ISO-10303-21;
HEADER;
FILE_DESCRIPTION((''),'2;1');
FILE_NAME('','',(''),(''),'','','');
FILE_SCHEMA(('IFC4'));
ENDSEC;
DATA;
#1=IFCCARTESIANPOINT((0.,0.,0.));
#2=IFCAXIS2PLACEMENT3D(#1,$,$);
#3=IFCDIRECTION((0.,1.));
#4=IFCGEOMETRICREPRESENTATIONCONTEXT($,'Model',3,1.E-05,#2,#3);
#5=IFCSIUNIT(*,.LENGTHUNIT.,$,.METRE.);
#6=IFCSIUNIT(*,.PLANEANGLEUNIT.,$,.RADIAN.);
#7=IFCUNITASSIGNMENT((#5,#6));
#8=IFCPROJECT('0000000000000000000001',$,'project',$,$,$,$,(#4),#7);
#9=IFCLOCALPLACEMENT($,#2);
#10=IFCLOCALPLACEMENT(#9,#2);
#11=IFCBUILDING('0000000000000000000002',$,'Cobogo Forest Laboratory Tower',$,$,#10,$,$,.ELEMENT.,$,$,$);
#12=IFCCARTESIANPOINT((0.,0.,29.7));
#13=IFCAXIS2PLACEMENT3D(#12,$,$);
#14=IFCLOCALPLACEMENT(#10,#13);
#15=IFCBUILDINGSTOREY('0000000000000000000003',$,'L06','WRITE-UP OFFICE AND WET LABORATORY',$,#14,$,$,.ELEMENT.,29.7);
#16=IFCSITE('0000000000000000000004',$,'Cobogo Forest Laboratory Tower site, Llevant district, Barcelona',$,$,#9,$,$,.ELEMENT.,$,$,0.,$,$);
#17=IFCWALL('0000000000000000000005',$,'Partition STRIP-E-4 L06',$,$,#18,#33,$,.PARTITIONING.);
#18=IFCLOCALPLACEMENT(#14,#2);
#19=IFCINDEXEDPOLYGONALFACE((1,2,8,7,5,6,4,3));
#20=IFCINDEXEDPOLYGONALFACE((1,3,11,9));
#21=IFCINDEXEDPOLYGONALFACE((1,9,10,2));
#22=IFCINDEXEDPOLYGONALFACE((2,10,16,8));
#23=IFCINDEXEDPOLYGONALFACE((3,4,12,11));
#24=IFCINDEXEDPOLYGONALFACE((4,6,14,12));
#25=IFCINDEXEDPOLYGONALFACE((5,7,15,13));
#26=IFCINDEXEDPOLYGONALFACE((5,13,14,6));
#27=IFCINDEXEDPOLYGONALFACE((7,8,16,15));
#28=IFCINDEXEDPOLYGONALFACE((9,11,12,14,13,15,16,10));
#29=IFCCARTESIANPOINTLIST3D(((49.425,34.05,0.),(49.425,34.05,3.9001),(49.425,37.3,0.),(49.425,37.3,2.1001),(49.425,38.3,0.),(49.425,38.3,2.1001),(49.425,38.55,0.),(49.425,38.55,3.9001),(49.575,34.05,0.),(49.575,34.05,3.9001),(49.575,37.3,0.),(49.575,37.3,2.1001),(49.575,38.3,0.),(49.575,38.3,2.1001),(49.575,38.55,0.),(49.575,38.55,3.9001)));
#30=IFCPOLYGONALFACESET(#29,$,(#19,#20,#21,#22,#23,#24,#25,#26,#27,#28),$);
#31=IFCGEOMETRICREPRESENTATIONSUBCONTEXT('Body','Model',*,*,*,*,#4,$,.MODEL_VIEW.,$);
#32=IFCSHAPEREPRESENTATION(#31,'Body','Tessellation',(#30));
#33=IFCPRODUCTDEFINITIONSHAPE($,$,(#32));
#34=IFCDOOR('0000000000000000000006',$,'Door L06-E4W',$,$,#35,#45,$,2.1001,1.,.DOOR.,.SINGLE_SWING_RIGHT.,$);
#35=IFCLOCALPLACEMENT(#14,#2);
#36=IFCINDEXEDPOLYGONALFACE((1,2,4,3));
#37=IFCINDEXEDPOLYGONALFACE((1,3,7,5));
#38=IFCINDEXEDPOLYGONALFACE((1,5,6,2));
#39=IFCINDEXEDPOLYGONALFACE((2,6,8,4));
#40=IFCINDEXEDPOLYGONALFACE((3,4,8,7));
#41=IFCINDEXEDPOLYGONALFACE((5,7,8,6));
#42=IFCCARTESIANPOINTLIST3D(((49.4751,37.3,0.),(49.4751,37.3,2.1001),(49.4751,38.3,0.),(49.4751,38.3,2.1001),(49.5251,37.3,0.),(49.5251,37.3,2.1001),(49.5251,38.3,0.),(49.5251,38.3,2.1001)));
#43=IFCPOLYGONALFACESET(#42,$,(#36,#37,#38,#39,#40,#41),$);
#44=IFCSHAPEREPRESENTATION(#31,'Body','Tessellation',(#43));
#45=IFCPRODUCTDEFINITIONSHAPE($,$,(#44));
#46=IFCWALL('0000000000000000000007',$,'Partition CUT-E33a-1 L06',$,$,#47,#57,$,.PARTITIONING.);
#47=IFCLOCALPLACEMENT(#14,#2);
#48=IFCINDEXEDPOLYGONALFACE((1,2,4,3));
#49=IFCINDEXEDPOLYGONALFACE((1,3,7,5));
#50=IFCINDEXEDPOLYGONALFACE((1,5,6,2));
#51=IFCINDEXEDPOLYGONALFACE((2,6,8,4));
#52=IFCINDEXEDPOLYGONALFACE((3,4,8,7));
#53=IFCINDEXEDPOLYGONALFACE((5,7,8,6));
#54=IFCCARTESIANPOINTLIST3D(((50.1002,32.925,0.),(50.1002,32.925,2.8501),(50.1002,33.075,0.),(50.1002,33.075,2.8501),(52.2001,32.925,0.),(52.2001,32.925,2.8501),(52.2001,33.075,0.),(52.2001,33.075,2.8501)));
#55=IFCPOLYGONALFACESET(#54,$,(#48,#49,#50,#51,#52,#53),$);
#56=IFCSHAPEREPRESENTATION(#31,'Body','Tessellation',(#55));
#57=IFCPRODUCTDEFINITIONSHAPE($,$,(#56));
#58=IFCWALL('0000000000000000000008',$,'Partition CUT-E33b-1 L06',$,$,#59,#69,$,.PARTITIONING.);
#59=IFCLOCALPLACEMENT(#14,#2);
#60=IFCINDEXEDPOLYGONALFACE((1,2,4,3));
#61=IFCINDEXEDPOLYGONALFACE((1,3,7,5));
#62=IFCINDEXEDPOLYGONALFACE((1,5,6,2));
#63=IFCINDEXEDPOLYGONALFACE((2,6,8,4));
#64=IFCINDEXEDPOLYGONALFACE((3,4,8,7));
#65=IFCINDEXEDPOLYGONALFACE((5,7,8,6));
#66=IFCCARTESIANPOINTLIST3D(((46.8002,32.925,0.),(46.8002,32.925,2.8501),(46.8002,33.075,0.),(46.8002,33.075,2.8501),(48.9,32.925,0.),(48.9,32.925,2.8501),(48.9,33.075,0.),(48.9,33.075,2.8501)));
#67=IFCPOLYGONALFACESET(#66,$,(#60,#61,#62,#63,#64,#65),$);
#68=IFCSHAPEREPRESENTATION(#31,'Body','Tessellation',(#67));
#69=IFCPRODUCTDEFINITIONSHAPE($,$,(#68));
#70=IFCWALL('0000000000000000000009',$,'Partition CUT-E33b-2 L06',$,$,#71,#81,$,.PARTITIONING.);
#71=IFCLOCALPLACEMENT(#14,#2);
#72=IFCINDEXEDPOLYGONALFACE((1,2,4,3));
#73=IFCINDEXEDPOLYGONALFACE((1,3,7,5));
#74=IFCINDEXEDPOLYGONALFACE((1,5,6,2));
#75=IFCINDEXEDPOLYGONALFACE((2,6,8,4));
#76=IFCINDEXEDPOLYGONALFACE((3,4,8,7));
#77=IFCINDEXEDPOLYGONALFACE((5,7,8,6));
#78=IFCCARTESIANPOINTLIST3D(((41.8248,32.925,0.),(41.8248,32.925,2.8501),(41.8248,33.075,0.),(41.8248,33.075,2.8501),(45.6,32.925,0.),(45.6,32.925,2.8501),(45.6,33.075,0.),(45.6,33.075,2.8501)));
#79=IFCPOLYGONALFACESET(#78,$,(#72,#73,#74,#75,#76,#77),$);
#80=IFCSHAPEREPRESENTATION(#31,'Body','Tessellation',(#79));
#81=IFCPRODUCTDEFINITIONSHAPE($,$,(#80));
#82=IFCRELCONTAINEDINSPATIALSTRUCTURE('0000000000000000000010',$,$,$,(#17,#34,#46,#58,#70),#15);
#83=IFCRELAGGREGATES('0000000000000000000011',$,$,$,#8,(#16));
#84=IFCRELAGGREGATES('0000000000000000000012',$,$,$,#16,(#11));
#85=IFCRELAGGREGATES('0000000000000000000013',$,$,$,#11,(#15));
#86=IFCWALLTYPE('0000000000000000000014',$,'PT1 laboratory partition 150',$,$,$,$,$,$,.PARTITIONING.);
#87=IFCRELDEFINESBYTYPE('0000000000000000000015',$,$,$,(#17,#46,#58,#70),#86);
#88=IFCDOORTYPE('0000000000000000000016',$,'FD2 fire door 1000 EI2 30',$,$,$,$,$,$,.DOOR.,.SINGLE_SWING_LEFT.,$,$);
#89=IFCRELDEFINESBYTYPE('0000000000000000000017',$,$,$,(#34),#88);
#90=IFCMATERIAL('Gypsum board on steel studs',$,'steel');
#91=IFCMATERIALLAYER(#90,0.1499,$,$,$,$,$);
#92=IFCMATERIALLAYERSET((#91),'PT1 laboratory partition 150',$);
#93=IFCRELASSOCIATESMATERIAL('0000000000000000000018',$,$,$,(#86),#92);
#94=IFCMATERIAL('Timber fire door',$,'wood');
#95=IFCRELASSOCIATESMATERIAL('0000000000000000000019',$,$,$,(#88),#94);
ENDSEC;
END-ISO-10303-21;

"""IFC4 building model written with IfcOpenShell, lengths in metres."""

from ifc_helpers import new_model, si_unit, direction, frame, frame_2d, origin, place, context, subcontext, project, spatial, rectangle, extrude, material, layer, layer_set, type_object, element, fill, save


model = new_model("IFC4")

# Units and contexts
model_context = context("Model", 3, precision=1e-05, world=origin(), true_north=direction((0.0, 1.0)))
body_context = subcontext(model_context, "Body", "Model", "MODEL_VIEW")
ifc_project = project(units=[si_unit("LENGTHUNIT", "METRE"), si_unit("PLANEANGLEUNIT", "RADIAN")], contexts=[model_context])

# Site, building, storey
site_placement = place(None, origin())
site = spatial("IfcSite", under=ifc_project, at=site_placement, Name="Cobogo Forest Laboratory Tower site, Llevant district, Barcelona", CompositionType="ELEMENT", RefElevation=0.0)
building_placement = place(site_placement, origin())
building = spatial("IfcBuilding", under=site, at=building_placement, Name="Cobogo Forest Laboratory Tower", CompositionType="ELEMENT")
storey_placement = place(building_placement, frame((0.0, 0.0, 29.7)))
storey = spatial("IfcBuildingStorey", under=building, at=storey_placement, Name="L06", Description="WRITE-UP OFFICE AND WET LABORATORY", CompositionType="ELEMENT", Elevation=29.7)

# Wall, opening, door
ifc_material_1 = material(Name="Gypsum board on steel studs", Category="steel")
ifc_layer_1 = layer(ifc_material_1, 0.1499)
ifc_layer_set_1 = layer_set([ifc_layer_1], Name="PT1 laboratory partition 150")
wall_type = type_object("IfcWallType", Name="PT1 laboratory partition 150", PredefinedType="PARTITIONING", material=ifc_layer_set_1)
wall_1_placement = place(storey_placement, frame((49.5, 34.05, 0.0), z_axis=(0.0, 0.0, 1.0), x_axis=(0.0, 1.0, 0.0)))
wall_1 = element("IfcWall", 1, at=wall_1_placement, inside=storey, type_object=wall_type, Name="Partition STRIP-E-4 L06", PredefinedType="PARTITIONING", context=body_context, shape_type="SweptSolid", body=[
    extrude(rectangle(XDim=4.5, YDim=0.1499, at=frame_2d((2.25, 0.0))), origin(), (0.0, 0.0, 1.0), 3.9001),
])
opening_placement = place(wall_1_placement, frame((3.25, 0.0, 0.0)))
opening = element("IfcOpeningElement", 2, at=opening_placement, cuts=wall_1, PredefinedType="OPENING", context=body_context, shape_type="SweptSolid", body=[
    extrude(rectangle(XDim=1.0, YDim=2.1001, at=frame_2d((0.5, 1.05))), frame((0.0, 0.085, 0.0), z_axis=(0.0, -1.0, 0.0), x_axis=(1.0, 0.0, 0.0)), (0.0, 0.0, 1.0), 0.1699),
])
ifc_material_2 = material(Name="Timber fire door", Category="wood")
door_type = type_object("IfcDoorType", Name="FD2 fire door 1000 EI2 30", OperationType="SINGLE_SWING_LEFT", PredefinedType="DOOR", material=ifc_material_2)
door_placement = place(opening_placement, origin())
door = element("IfcDoor", 3, at=door_placement, inside=storey, type_object=door_type, Name="Door L06-E4W", OperationType="SINGLE_SWING_RIGHT", OverallHeight=2.1001, OverallWidth=1.0, PredefinedType="DOOR", context=body_context, shape_type="SweptSolid", body=[
    extrude(rectangle(XDim=1.0, YDim=2.1001, at=frame_2d((0.5, 1.05))), frame((0.0, 0.0249, 0.0), z_axis=(0.0, -1.0, 0.0), x_axis=(1.0, 0.0, 0.0)), (0.0, 0.0, 1.0), 0.05),
])
fill(opening, door)

# Walls
for number, where, z_axis, x_axis, name in (
    (4, (52.2, 33.0, 0.0), (0.0, 0.0, 1.0), (-1.0, 0.0, 0.0), "Partition CUT-E33a-1 L06"),
    (5, (48.8999, 33.0, 0.0), (0.0, 0.0, 1.0), (-1.0, 0.0, 0.0), "Partition CUT-E33b-1 L06"),
):
    element("IfcWall", number, at=place(storey_placement, frame(where, z_axis=z_axis, x_axis=x_axis)), inside=storey, type_object=wall_type, Name=name, PredefinedType="PARTITIONING", context=body_context, shape_type="SweptSolid", body=[
        extrude(rectangle(XDim=2.0999, YDim=0.1499, at=frame_2d((1.0498, 0.0))), origin(), (0.0, 0.0, 1.0), 2.8501),
    ])
wall_2_placement = place(storey_placement, frame((45.6001, 33.0, 0.0), z_axis=(0.0, 0.0, 1.0), x_axis=(-1.0, 0.0, 0.0)))
element("IfcWall", 6, at=wall_2_placement, inside=storey, type_object=wall_type, Name="Partition CUT-E33b-2 L06", PredefinedType="PARTITIONING", context=body_context, shape_type="SweptSolid", body=[
    extrude(rectangle(XDim=3.7751, YDim=0.1499, at=frame_2d((1.8877, 0.0))), origin(), (0.0, 0.0, 1.0), 2.8501),
])

save(model, "model.ifc")
